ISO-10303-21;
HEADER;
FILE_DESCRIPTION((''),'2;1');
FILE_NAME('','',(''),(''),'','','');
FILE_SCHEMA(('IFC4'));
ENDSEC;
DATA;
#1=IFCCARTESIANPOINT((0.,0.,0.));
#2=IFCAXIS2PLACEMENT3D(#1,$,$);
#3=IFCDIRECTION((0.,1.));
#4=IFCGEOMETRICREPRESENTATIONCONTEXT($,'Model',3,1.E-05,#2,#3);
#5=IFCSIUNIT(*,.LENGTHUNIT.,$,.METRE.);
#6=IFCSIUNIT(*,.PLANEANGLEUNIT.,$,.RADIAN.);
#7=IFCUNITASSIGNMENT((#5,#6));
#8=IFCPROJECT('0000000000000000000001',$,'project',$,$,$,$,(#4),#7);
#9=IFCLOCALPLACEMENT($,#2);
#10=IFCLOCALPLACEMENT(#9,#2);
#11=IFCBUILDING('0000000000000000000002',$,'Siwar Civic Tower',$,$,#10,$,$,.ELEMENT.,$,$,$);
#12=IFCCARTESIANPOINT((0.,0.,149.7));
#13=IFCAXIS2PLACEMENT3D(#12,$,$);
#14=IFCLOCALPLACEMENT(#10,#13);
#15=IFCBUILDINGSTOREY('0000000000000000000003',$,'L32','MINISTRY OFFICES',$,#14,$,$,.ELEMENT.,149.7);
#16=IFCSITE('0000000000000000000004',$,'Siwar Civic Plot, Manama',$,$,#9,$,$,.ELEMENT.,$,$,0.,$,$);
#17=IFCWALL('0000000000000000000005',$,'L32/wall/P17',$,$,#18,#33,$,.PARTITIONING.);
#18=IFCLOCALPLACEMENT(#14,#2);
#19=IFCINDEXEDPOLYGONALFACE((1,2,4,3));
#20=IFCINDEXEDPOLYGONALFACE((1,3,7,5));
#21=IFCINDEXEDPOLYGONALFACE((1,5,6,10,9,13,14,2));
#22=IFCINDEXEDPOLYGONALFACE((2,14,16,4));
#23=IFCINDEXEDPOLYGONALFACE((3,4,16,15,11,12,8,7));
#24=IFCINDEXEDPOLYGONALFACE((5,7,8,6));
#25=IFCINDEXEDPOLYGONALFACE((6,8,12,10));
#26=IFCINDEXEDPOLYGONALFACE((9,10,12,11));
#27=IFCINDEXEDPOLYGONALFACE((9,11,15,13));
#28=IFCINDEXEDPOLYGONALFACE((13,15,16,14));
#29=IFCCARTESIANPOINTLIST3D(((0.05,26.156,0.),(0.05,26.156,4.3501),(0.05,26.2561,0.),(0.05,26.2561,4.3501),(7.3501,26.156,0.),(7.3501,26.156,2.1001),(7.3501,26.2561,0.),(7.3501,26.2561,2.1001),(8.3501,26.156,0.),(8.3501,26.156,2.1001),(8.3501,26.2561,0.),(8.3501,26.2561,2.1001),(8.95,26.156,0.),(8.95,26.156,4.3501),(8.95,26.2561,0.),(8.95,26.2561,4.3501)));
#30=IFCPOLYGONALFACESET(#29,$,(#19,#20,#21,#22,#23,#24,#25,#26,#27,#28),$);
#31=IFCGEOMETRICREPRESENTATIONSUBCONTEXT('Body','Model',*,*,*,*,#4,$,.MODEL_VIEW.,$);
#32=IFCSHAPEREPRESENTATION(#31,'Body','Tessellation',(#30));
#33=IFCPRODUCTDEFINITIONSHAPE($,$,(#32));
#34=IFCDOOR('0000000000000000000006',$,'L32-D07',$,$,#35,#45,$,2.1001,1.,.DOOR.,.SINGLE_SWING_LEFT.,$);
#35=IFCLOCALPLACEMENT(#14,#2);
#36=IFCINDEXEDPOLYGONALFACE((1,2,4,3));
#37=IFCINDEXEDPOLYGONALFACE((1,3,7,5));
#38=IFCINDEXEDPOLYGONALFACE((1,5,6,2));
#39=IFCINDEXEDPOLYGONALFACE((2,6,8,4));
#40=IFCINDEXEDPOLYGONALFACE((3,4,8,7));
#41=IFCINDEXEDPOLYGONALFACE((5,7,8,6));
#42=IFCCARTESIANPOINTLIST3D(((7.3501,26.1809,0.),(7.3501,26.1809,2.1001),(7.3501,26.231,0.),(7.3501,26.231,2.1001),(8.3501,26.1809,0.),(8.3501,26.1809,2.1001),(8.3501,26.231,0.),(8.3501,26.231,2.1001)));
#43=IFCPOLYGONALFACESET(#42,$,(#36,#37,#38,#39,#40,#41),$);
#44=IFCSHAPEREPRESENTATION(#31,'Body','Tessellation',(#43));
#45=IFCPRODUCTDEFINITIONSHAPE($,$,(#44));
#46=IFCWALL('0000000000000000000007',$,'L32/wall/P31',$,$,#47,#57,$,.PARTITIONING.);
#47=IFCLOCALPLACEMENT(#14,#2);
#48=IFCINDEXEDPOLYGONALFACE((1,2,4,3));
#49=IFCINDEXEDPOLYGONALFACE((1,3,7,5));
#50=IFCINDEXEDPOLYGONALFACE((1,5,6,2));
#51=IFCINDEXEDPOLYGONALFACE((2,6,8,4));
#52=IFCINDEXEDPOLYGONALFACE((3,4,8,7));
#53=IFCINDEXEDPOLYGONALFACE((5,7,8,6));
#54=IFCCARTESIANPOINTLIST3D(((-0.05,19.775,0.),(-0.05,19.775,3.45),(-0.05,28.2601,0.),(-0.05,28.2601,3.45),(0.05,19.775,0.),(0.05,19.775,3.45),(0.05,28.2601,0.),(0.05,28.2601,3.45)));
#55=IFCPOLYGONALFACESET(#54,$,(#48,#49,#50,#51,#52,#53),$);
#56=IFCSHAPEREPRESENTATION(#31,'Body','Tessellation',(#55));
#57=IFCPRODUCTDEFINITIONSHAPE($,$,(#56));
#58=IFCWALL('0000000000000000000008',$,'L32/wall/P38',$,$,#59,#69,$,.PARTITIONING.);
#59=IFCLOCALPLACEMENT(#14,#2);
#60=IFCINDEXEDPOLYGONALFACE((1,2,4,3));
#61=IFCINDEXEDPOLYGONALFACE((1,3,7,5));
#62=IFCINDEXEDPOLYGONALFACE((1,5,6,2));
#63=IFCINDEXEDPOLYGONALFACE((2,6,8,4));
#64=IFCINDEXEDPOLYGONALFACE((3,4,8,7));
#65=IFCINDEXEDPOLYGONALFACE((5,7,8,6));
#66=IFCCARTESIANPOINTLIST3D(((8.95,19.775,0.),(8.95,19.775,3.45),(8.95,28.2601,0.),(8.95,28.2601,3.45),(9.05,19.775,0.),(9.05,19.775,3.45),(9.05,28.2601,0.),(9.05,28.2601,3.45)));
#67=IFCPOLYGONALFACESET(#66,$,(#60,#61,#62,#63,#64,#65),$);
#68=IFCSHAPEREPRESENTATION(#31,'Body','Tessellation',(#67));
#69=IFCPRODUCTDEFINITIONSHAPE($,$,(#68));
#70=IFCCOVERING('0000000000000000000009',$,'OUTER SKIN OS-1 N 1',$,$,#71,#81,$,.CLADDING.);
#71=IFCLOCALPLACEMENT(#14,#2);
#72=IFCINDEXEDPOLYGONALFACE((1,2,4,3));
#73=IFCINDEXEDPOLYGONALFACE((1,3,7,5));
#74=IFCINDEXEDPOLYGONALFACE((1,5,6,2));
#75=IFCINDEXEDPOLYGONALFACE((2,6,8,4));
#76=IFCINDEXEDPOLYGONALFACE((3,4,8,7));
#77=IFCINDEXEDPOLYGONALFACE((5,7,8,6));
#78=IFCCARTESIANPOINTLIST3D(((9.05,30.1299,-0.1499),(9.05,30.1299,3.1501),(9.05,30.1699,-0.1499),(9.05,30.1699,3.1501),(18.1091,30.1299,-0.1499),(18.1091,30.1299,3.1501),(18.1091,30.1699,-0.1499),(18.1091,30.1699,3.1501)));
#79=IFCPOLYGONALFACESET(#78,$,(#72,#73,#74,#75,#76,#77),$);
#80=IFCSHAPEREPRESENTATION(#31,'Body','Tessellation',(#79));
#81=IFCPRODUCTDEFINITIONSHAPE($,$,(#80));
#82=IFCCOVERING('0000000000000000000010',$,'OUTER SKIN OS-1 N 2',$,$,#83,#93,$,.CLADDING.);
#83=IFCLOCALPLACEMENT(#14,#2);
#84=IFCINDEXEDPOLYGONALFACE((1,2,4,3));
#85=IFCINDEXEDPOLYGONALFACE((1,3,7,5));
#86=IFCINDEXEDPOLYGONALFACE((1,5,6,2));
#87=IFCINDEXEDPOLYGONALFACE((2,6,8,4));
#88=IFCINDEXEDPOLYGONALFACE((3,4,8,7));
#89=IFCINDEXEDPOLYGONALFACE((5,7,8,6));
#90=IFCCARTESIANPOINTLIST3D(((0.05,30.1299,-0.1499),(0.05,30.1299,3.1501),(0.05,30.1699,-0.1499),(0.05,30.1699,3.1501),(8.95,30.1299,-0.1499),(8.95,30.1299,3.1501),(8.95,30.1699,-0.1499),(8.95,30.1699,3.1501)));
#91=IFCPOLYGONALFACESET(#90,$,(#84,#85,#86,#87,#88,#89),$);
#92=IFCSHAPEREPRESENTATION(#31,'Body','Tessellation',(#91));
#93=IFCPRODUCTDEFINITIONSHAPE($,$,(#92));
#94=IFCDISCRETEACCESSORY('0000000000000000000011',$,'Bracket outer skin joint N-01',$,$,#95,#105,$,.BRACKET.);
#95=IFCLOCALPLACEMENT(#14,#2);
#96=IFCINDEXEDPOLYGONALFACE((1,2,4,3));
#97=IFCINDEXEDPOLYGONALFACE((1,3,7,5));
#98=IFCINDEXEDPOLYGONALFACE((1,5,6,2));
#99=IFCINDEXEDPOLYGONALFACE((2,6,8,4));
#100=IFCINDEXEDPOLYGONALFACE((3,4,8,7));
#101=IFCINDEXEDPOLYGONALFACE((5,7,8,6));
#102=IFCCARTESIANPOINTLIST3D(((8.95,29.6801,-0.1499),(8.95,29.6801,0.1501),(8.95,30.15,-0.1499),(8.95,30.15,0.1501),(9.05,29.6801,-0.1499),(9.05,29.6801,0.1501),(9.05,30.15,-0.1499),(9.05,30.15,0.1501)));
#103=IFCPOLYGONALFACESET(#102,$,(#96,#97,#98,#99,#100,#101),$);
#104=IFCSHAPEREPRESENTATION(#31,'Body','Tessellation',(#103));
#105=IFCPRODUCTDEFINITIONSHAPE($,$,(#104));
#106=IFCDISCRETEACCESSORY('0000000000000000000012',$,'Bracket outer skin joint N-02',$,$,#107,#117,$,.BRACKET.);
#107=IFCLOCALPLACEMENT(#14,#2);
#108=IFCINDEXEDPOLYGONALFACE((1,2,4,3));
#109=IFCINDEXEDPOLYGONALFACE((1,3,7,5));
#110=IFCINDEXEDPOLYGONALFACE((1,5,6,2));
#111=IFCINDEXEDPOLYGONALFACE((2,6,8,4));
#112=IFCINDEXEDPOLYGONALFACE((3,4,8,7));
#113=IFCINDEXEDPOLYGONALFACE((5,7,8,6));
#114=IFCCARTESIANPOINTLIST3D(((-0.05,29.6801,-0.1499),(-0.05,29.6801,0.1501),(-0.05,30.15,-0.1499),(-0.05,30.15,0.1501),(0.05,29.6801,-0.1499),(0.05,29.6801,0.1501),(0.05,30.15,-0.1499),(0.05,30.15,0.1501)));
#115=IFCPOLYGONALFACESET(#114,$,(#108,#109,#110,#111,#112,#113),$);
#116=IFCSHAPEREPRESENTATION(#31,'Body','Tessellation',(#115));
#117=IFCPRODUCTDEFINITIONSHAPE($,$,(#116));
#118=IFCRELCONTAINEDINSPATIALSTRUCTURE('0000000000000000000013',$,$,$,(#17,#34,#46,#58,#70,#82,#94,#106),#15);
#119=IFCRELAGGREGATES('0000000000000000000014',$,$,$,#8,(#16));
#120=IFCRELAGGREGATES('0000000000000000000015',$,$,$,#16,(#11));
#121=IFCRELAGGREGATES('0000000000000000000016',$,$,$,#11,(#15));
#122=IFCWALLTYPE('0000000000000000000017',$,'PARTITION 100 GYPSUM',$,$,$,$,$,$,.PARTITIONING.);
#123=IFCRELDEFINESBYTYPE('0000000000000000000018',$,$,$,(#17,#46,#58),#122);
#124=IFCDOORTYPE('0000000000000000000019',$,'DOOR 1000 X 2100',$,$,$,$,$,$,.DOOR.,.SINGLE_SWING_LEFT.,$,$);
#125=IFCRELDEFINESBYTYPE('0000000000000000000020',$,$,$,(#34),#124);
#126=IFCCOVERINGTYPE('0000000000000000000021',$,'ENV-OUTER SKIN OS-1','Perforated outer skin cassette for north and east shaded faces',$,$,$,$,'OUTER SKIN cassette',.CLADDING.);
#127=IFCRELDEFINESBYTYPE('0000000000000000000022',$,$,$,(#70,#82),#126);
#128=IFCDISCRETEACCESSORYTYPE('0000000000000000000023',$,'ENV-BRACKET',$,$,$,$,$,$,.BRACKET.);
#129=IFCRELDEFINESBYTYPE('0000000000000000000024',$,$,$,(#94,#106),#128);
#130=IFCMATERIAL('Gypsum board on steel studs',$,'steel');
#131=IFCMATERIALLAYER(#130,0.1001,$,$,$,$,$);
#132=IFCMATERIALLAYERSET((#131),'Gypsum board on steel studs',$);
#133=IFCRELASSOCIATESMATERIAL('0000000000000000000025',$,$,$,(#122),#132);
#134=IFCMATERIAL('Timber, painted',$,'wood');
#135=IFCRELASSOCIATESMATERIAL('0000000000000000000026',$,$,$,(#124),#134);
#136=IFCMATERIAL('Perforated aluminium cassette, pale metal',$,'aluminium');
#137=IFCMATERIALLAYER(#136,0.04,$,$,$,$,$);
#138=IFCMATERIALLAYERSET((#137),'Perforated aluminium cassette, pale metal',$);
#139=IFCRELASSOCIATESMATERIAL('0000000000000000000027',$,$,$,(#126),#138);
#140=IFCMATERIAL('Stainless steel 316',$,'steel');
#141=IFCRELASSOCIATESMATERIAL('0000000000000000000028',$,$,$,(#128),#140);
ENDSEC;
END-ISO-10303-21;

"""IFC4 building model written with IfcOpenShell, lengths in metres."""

from ifc_helpers import new_model, si_unit, direction, frame, frame_2d, origin, origin_2d, place, context, subcontext, project, spatial, rectangle, extrude, material, layer, layer_set, type_object, element, fill, save


model = new_model("IFC4")

# Units and contexts
model_context = context("Model", 3, precision=1e-05, world=origin(), true_north=direction((0.0, 1.0)))
body_context = subcontext(model_context, "Body", "Model", "MODEL_VIEW")
ifc_project = project(units=[si_unit("LENGTHUNIT", "METRE"), si_unit("PLANEANGLEUNIT", "RADIAN")], contexts=[model_context])

# Site, building, storey
site_placement = place(None, origin())
site = spatial("IfcSite", under=ifc_project, at=site_placement, Name="Siwar Civic Plot, Manama", CompositionType="ELEMENT", RefElevation=0.0)
building_placement = place(site_placement, origin())
building = spatial("IfcBuilding", under=site, at=building_placement, Name="Siwar Civic Tower", CompositionType="ELEMENT")
storey_placement = place(building_placement, frame((0.0, 0.0, 149.7)))
storey = spatial("IfcBuildingStorey", under=building, at=storey_placement, Name="L32", Description="MINISTRY OFFICES", CompositionType="ELEMENT", Elevation=149.7)

# Wall, opening, door
ifc_material_1 = material(Name="Gypsum board on steel studs", Category="steel")
ifc_layer_1 = layer(ifc_material_1, 0.1001)
ifc_layer_set_1 = layer_set([ifc_layer_1], Name="Gypsum board on steel studs")
wall_type_1 = type_object("IfcWallType", Name="PARTITION 100 GYPSUM", PredefinedType="PARTITIONING", material=ifc_layer_set_1)
ifc_material_2 = material(Name="Timber, painted", Category="wood")
door_type_1 = type_object("IfcDoorType", Name="DOOR 1000 X 2100", OperationType="SINGLE_SWING_LEFT", PredefinedType="DOOR", material=ifc_material_2)
wall_1_placement = place(storey_placement, frame((0.05, 26.2061, 0.0), z_axis=(0.0, 0.0, 1.0), x_axis=(1.0, 0.0, 0.0)))
wall_1 = element("IfcWall", 1, at=wall_1_placement, inside=storey, type_object=wall_type_1, Name="L32/wall/P17", PredefinedType="PARTITIONING", context=body_context, shape_type="SweptSolid", body=[
    extrude(rectangle(XDim=8.8999, YDim=0.1001, at=frame_2d((4.45, 0.0))), origin(), (0.0, 0.0, 1.0), 4.3501),
])
opening_1_placement = place(wall_1_placement, frame((7.3, 0.0, 0.0)))
opening_1 = element("IfcOpeningElement", 2, at=opening_1_placement, cuts=wall_1, PredefinedType="OPENING", context=body_context, shape_type="SweptSolid", body=[
    extrude(rectangle(XDim=1.0, YDim=2.1001, at=frame_2d((0.5, 1.05))), frame((0.0, 0.0601, 0.0), z_axis=(0.0, -1.0, 0.0), x_axis=(1.0, 0.0, 0.0)), (0.0, 0.0, 1.0), 0.1201),
])
door_1_placement = place(opening_1_placement, origin())
door_1 = element("IfcDoor", 3, at=door_1_placement, inside=storey, type_object=door_type_1, Name="L32-D07", OperationType="SINGLE_SWING_LEFT", OverallHeight=2.1001, OverallWidth=1.0, PredefinedType="DOOR", context=body_context, shape_type="SweptSolid", body=[
    extrude(rectangle(XDim=1.0, YDim=2.1001, at=frame_2d((0.5, 1.05))), frame((0.0, 0.0249, 0.0), z_axis=(0.0, -1.0, 0.0), x_axis=(1.0, 0.0, 0.0)), (0.0, 0.0, 1.0), 0.05),
])
fill(opening_1, door_1)

# Walls
for number, where, z_axis, x_axis, name in (
    (4, (0.0, 19.7749, 0.0), (0.0, 0.0, 1.0), (0.0, 1.0, 0.0), "L32/wall/P31"),
    (5, (9.0, 19.7749, 0.0), (0.0, 0.0, 1.0), (0.0, 1.0, 0.0), "L32/wall/P38"),
):
    element("IfcWall", number, at=place(storey_placement, frame(where, z_axis=z_axis, x_axis=x_axis)), inside=storey, type_object=wall_type_1, Name=name, PredefinedType="PARTITIONING", context=body_context, shape_type="SweptSolid", body=[
        extrude(rectangle(XDim=8.4851, YDim=0.1001, at=frame_2d((4.2427, 0.0))), origin(), (0.0, 0.0, 1.0), 3.45),
    ])

# Coverings
ifc_material_3 = material(Name="Perforated aluminium cassette, pale metal", Category="aluminium")
ifc_layer_2 = layer(ifc_material_3, 0.04)
ifc_layer_set_2 = layer_set([ifc_layer_2], Name="Perforated aluminium cassette, pale metal")
covering_type = type_object("IfcCoveringType", Name="ENV-OUTER SKIN OS-1", Description="Perforated outer skin cassette for north and east shaded faces", ElementType="OUTER SKIN cassette", PredefinedType="CLADDING", material=ifc_layer_set_2)
covering_1_placement = place(storey_placement, frame((13.5796, 30.1499, -0.1499), z_axis=(0.0, 0.0, 1.0), x_axis=(-1.0, 0.0, 0.0)))
element("IfcCovering", 6, at=covering_1_placement, inside=storey, type_object=covering_type, Name="OUTER SKIN OS-1 N 1", PredefinedType="CLADDING", context=body_context, shape_type="SweptSolid", body=[
    extrude(rectangle(XDim=9.0591, YDim=0.04, at=origin_2d()), origin(), (0.0, 0.0, 1.0), 3.3),
])
covering_2_placement = place(storey_placement, frame((4.5, 30.1499, -0.1499), z_axis=(0.0, 0.0, 1.0), x_axis=(-1.0, 0.0, 0.0)))
element("IfcCovering", 7, at=covering_2_placement, inside=storey, type_object=covering_type, Name="OUTER SKIN OS-1 N 2", PredefinedType="CLADDING", context=body_context, shape_type="SweptSolid", body=[
    extrude(rectangle(XDim=8.8999, YDim=0.04, at=origin_2d()), origin(), (0.0, 0.0, 1.0), 3.3),
])

# Discrete accessories
ifc_material_4 = material(Name="Stainless steel 316", Category="steel")
discrete_accessory_type = type_object("IfcDiscreteAccessoryType", Name="ENV-BRACKET", PredefinedType="BRACKET", material=ifc_material_4)
for number, where, z_axis, x_axis, name in (
    (8, (9.0, 29.915, -0.1499), (0.0, 0.0, 1.0), (0.0, 1.0, 0.0), "Bracket outer skin joint N-01"),
    (9, (0.0, 29.915, -0.1499), (0.0, 0.0, 1.0), (0.0, 1.0, 0.0), "Bracket outer skin joint N-02"),
):
    element("IfcDiscreteAccessory", number, at=place(storey_placement, frame(where, z_axis=z_axis, x_axis=x_axis)), inside=storey, type_object=discrete_accessory_type, Name=name, PredefinedType="BRACKET", context=body_context, shape_type="SweptSolid", body=[
        extrude(rectangle(XDim=0.47, YDim=0.1001, at=origin_2d()), origin(), (0.0, 0.0, 1.0), 0.3),
    ])

save(model, "model.ifc")
